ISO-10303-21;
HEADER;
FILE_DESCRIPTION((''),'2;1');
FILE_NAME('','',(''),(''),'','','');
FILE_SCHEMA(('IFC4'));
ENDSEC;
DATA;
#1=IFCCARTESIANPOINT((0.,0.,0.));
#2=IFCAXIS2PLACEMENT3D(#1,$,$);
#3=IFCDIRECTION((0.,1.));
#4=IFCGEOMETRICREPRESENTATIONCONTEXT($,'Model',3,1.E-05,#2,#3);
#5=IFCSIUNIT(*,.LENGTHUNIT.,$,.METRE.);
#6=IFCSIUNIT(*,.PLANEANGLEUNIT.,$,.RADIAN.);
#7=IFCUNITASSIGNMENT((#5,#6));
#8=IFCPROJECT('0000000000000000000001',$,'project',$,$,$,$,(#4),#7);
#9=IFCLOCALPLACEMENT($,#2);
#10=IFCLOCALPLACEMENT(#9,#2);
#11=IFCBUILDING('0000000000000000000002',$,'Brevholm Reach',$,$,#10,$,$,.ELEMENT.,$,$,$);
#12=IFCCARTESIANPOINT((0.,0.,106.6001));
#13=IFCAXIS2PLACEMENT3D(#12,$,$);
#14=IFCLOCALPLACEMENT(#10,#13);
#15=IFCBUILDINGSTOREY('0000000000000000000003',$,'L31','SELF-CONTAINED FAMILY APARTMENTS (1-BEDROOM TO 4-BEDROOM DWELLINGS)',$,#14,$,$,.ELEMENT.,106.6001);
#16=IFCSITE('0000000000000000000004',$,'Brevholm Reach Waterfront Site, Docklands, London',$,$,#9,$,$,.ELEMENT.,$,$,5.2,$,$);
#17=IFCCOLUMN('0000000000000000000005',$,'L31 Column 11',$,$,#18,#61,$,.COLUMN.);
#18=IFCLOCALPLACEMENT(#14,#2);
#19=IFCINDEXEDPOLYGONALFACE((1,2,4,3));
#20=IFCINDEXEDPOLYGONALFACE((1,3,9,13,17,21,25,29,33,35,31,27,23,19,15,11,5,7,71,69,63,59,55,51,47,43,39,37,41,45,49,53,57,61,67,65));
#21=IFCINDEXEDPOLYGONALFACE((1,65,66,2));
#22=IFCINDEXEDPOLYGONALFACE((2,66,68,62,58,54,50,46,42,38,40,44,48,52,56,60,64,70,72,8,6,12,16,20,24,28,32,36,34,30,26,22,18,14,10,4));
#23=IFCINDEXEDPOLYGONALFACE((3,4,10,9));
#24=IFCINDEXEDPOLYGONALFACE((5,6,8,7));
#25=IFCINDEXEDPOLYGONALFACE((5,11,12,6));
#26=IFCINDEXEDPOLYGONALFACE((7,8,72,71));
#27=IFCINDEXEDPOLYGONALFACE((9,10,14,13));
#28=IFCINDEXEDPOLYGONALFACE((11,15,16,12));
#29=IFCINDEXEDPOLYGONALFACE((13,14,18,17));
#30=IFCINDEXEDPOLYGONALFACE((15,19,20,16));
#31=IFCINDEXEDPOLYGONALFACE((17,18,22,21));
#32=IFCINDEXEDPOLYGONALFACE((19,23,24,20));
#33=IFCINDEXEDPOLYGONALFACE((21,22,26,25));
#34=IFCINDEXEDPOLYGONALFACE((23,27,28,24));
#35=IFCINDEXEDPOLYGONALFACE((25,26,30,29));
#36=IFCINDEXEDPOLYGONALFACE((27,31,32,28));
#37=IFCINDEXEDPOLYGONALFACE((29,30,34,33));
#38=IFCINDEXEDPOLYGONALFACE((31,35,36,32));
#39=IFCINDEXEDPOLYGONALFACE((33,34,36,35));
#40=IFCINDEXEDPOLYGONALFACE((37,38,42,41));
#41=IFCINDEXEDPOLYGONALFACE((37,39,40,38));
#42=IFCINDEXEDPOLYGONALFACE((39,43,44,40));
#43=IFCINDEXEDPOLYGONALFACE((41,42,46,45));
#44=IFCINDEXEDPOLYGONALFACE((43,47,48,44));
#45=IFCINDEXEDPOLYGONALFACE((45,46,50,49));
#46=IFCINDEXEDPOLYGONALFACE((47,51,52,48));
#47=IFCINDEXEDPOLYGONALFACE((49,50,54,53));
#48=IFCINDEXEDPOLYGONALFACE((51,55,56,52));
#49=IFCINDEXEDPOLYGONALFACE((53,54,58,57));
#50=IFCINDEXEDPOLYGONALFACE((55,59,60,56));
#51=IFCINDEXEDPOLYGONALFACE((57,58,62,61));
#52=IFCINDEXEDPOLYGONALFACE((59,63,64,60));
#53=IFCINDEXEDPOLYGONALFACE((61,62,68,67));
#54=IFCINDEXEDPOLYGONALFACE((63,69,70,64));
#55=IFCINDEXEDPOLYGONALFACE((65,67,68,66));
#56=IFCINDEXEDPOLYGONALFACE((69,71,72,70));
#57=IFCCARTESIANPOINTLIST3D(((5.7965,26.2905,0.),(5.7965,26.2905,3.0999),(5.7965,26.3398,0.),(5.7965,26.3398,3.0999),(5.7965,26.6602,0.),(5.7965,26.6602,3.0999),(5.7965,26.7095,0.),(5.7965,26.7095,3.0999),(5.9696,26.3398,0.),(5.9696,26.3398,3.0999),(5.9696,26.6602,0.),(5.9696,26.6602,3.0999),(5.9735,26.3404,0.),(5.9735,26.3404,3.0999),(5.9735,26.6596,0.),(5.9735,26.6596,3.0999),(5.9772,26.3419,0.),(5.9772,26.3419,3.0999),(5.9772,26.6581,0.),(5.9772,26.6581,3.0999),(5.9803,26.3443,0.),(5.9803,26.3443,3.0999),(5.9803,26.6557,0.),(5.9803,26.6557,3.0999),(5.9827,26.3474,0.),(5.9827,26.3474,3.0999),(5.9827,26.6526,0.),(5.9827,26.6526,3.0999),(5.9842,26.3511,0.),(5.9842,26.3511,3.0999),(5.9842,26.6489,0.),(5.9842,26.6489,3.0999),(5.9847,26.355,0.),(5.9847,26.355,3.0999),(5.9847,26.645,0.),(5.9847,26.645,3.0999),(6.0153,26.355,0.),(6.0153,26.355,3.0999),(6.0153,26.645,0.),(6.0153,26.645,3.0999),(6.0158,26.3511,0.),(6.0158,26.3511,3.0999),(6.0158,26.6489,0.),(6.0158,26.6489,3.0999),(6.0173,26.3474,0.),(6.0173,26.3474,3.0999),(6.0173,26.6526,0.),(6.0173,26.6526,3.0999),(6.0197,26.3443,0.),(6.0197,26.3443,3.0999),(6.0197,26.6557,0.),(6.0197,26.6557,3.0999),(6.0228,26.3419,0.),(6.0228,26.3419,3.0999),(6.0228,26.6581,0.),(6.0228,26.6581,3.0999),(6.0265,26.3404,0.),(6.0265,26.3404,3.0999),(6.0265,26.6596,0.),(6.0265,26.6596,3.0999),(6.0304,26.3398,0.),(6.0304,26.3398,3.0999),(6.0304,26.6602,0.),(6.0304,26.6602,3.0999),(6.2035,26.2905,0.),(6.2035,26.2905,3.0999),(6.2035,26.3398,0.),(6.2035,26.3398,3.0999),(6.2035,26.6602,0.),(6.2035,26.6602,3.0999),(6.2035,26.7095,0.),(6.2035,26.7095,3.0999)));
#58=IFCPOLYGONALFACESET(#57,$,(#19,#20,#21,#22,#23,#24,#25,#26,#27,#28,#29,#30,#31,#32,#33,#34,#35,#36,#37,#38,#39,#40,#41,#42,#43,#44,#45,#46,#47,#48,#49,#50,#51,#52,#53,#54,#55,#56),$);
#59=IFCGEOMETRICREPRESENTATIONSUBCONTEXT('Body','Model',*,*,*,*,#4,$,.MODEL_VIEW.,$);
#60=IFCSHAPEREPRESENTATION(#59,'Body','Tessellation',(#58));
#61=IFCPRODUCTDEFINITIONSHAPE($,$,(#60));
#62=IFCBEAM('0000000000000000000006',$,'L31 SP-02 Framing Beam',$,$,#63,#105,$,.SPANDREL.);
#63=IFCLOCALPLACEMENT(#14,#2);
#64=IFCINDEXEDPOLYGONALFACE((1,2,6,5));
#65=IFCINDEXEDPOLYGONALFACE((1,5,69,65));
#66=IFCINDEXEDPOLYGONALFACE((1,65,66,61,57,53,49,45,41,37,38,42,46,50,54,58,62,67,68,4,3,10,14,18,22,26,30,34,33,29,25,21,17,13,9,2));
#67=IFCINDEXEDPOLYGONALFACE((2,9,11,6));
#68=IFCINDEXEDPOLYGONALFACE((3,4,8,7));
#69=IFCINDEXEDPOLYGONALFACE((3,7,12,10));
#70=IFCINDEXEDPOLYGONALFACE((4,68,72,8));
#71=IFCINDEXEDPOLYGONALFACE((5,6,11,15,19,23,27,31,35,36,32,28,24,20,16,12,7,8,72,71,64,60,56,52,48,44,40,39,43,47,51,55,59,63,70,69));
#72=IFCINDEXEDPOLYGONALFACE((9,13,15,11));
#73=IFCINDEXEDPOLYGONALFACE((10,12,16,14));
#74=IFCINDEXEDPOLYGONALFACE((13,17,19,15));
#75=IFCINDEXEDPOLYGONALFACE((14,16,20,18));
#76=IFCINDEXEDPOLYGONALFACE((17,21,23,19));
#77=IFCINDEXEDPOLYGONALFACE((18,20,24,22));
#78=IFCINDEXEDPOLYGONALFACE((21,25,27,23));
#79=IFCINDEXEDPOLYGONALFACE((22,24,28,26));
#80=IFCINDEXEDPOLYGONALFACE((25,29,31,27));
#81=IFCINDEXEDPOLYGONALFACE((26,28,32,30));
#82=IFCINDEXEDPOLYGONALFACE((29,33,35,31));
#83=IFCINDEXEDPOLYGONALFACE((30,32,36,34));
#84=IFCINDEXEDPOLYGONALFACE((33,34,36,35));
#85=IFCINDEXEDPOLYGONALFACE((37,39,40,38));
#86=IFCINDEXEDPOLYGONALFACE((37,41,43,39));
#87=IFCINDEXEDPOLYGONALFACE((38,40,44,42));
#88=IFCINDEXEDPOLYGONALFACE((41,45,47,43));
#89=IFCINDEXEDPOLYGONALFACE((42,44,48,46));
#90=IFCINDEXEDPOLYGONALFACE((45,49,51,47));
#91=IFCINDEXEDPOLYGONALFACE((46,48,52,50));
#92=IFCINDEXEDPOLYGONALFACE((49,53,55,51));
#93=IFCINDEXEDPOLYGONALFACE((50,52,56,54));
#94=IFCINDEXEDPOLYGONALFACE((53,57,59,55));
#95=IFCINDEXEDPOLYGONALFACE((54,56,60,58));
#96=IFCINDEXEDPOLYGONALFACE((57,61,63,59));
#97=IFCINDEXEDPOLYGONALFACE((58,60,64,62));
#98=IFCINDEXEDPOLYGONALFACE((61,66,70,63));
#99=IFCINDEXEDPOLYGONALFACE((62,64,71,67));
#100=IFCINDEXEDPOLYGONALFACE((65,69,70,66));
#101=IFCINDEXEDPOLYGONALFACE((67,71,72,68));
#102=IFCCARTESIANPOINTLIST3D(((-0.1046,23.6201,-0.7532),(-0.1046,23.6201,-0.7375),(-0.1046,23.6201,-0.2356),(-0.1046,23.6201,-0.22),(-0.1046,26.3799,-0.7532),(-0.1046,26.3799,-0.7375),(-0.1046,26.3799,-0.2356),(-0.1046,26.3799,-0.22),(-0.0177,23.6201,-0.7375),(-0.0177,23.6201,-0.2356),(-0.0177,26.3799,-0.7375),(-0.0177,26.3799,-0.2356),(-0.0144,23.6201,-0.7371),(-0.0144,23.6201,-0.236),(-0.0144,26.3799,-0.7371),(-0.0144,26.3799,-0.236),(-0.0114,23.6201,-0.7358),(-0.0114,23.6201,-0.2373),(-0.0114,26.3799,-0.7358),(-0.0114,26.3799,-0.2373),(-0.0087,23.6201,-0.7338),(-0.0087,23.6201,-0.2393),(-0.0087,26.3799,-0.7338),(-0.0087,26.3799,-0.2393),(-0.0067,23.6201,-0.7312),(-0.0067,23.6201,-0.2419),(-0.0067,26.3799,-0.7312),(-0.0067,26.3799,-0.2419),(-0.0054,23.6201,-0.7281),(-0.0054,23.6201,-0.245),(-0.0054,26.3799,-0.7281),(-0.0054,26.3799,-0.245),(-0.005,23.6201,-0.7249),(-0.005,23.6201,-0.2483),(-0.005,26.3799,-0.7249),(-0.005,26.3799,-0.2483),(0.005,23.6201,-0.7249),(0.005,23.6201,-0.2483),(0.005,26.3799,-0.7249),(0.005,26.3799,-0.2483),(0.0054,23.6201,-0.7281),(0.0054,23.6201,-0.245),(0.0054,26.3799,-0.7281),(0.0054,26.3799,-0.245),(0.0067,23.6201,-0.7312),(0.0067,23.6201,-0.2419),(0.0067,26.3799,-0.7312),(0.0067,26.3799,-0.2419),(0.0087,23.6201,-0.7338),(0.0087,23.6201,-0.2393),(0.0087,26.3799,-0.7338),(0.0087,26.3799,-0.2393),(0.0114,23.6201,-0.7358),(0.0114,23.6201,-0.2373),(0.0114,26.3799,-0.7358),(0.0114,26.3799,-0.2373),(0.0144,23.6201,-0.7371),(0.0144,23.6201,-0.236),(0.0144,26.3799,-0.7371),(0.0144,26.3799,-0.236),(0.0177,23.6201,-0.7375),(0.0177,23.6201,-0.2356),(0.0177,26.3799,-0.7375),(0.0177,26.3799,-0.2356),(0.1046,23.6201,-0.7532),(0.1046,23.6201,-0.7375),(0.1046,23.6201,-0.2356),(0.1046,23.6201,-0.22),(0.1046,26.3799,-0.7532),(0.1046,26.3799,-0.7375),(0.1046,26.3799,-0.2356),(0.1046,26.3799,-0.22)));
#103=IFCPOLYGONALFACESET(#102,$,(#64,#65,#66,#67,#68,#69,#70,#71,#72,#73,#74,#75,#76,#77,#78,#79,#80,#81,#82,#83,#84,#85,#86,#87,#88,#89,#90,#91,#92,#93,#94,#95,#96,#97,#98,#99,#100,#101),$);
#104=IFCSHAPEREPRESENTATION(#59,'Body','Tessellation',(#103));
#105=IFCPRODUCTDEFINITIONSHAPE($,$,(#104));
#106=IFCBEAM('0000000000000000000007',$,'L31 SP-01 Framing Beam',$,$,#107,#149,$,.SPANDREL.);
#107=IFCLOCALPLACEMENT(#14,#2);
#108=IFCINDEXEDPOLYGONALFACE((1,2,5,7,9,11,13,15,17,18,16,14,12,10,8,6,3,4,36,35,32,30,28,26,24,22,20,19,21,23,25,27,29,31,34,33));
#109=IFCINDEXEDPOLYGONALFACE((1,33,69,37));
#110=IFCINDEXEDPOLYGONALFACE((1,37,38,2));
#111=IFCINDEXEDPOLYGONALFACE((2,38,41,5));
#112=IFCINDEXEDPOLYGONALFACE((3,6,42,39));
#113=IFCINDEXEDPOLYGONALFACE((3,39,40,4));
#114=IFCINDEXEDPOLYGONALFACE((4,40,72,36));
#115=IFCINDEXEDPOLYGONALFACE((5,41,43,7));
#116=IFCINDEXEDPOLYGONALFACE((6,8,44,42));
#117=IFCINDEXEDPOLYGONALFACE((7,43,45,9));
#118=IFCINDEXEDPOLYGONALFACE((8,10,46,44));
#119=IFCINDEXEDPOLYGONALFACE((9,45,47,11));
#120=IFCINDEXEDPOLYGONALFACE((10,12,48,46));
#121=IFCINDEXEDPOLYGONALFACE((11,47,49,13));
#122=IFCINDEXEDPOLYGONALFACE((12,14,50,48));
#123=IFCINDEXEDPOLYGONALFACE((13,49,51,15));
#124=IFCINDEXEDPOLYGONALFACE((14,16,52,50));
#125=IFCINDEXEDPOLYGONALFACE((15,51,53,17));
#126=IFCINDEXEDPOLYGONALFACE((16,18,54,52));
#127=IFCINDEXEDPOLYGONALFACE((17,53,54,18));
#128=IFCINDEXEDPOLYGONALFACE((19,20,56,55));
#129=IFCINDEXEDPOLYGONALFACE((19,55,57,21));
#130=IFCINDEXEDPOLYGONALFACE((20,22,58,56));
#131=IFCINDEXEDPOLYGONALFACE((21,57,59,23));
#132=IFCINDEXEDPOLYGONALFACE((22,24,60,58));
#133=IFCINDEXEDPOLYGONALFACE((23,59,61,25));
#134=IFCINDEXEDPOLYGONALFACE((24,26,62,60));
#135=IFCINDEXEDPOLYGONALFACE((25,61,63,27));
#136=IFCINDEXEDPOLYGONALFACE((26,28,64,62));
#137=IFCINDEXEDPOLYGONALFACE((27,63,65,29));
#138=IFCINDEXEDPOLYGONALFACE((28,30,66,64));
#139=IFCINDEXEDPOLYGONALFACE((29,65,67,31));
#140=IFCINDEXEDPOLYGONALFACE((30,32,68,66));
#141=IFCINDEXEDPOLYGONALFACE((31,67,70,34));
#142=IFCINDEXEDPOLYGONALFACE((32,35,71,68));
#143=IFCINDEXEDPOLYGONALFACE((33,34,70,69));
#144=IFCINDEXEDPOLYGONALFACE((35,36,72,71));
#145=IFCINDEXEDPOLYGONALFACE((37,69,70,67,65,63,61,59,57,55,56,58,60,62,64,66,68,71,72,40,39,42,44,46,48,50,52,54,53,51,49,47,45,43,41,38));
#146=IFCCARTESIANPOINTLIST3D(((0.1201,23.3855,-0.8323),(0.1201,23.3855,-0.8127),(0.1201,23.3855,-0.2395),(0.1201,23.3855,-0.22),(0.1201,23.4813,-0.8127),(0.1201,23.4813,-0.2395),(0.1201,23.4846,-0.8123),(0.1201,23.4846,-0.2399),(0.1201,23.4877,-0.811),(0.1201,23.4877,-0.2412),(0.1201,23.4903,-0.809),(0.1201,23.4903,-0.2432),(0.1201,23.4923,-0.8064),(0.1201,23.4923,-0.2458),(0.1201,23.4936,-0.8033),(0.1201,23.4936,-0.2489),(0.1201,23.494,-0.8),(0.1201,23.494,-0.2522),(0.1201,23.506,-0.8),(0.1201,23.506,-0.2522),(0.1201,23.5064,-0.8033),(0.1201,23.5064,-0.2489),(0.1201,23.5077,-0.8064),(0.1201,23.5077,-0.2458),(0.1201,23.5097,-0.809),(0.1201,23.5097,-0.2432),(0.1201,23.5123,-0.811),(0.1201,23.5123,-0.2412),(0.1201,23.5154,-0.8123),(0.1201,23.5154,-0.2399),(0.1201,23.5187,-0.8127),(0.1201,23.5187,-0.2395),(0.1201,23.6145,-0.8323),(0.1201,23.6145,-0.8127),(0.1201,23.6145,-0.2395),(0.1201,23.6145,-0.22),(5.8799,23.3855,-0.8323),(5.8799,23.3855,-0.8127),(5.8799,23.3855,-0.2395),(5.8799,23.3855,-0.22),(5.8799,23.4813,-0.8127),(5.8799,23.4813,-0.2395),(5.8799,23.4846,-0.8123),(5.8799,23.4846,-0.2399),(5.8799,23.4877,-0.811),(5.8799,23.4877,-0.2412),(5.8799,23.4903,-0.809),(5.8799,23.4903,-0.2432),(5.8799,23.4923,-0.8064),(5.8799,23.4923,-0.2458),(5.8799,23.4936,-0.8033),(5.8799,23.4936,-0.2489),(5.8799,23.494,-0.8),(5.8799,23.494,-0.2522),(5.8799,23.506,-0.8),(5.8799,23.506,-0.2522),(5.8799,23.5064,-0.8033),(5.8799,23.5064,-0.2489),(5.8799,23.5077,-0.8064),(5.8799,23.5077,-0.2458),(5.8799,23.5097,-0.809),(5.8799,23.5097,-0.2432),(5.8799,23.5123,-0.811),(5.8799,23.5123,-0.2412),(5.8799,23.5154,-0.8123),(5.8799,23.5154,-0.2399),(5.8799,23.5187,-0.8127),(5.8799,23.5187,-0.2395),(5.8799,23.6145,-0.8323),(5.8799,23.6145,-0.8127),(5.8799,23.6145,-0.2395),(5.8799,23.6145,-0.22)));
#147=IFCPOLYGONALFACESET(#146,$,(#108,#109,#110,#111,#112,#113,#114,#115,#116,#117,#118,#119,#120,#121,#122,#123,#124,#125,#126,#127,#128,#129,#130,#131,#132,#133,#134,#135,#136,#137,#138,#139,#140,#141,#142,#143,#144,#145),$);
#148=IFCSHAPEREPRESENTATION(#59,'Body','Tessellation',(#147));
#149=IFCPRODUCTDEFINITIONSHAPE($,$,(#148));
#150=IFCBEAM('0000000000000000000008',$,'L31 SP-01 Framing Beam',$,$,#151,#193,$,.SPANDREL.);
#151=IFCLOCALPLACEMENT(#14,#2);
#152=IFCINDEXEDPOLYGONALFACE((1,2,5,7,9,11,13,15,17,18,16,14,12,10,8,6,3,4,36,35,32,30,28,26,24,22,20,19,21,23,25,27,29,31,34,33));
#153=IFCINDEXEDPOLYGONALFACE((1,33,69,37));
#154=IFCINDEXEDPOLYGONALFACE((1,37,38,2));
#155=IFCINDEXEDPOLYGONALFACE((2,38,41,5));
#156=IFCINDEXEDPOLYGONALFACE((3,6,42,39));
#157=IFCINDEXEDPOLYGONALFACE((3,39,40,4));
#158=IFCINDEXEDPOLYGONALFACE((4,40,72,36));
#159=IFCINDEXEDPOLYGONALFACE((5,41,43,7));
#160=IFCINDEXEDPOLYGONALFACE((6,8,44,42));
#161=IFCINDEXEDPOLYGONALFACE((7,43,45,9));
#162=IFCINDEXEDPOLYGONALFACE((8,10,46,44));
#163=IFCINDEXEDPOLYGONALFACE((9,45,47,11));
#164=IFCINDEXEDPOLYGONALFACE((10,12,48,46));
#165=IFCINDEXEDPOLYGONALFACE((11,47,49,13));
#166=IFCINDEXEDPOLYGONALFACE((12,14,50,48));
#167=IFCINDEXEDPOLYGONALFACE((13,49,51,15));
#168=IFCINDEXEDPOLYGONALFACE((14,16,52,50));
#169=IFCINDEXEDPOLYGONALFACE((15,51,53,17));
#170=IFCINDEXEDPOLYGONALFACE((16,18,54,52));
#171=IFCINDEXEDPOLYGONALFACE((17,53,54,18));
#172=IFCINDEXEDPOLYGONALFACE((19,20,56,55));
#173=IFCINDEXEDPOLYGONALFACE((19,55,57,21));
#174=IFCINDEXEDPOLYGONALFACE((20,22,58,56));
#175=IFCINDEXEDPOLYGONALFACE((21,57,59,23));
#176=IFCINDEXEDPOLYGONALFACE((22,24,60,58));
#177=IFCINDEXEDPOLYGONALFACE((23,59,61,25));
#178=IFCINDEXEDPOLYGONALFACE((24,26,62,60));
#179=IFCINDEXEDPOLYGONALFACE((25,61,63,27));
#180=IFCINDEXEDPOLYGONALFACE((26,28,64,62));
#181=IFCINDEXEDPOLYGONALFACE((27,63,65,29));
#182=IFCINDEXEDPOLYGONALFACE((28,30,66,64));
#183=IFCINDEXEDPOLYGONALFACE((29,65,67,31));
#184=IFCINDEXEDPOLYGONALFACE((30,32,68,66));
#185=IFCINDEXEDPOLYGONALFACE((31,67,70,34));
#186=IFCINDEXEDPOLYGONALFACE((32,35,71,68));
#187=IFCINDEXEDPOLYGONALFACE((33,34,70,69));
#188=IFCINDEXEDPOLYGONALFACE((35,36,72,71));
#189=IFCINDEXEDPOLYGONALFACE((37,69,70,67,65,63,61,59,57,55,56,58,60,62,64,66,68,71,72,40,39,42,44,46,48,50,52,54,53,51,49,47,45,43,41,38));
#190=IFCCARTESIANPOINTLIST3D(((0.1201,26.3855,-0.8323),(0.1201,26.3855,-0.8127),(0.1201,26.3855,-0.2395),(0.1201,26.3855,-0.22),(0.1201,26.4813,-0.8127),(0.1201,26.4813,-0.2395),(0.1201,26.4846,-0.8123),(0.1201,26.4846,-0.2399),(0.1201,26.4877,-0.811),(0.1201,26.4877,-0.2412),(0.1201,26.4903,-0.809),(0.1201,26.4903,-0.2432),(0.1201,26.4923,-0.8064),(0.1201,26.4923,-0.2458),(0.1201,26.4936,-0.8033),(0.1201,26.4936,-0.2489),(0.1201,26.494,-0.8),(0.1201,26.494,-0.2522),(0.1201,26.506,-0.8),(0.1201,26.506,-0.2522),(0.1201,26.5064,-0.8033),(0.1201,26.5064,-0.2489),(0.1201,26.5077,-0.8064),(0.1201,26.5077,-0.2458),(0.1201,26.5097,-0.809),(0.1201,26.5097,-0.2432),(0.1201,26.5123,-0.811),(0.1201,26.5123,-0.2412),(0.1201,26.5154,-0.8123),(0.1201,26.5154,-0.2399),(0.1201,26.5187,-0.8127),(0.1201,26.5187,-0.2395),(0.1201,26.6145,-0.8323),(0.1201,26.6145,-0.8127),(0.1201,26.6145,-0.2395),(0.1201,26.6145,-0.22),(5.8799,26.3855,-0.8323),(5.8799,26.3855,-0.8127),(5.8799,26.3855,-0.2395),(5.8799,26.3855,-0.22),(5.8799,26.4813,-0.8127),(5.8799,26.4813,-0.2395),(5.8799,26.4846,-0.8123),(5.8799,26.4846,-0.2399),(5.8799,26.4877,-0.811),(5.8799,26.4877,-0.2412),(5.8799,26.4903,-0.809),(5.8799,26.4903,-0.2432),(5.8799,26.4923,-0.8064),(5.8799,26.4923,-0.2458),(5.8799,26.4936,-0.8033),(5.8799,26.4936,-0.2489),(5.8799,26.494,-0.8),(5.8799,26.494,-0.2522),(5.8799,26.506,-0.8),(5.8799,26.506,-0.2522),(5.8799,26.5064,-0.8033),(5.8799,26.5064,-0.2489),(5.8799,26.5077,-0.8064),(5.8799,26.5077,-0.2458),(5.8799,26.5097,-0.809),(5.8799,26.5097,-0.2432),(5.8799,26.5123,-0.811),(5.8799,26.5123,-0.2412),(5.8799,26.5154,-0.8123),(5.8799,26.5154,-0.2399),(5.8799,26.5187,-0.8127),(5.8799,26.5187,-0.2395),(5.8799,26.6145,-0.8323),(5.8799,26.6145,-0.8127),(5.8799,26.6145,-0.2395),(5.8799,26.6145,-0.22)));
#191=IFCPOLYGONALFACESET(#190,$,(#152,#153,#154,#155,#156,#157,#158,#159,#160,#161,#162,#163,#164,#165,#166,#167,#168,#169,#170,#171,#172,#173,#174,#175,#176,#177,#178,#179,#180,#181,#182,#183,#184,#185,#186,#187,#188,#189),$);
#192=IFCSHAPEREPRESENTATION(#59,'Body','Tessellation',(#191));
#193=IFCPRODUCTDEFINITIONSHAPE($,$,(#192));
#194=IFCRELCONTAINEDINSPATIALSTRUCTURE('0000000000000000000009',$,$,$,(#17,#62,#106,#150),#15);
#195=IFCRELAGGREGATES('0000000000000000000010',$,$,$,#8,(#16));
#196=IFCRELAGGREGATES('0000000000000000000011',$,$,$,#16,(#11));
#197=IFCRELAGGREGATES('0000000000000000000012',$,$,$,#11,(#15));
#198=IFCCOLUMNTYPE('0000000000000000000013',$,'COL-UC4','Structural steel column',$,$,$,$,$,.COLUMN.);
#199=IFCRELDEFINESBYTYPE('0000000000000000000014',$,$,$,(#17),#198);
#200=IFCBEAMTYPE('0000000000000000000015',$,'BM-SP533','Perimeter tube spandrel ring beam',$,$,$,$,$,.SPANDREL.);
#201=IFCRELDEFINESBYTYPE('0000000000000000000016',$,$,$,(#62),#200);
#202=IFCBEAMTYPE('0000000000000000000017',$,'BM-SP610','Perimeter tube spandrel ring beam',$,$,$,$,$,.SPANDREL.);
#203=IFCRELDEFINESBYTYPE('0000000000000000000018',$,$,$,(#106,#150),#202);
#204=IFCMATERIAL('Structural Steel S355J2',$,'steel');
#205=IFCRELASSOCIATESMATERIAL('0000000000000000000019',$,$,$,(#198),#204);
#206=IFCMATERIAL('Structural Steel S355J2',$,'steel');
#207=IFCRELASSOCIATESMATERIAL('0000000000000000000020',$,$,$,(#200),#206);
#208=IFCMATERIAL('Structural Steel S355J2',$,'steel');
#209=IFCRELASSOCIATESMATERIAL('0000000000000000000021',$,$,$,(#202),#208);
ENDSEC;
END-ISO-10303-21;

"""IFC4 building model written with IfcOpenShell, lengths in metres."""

from ifc_helpers import new_model, si_unit, direction, frame, origin, origin_2d, place, context, subcontext, project, spatial, i_section, extrude, material, material_profile, profile_set, type_object, element, save


model = new_model("IFC4")

# Units and contexts
model_context = context("Model", 3, precision=1e-05, world=origin(), true_north=direction((0.0, 1.0)))
body_context = subcontext(model_context, "Body", "Model", "MODEL_VIEW")
ifc_project = project(units=[si_unit("LENGTHUNIT", "METRE"), si_unit("PLANEANGLEUNIT", "RADIAN")], contexts=[model_context])

# Site, building, storey
site_placement = place(None, origin())
site = spatial("IfcSite", under=ifc_project, at=site_placement, Name="Brevholm Reach Waterfront Site, Docklands, London", CompositionType="ELEMENT", RefElevation=5.2)
building_placement = place(site_placement, origin())
building = spatial("IfcBuilding", under=site, at=building_placement, Name="Brevholm Reach", CompositionType="ELEMENT")
storey_placement = place(building_placement, frame((0.0, 0.0, 106.6001)))
storey = spatial("IfcBuildingStorey", under=building, at=storey_placement, Name="L31", Description="SELF-CONTAINED FAMILY APARTMENTS (1-BEDROOM TO 4-BEDROOM DWELLINGS)", CompositionType="ELEMENT", Elevation=106.6001)

# Column
ifc_material_1 = material(Name="Structural Steel S355J2", Category="steel")
ifc_material_profile_1 = material_profile(ifc_material_1, i_section(OverallWidth=0.407, OverallDepth=0.4189, WebThickness=0.0305, FlangeThickness=0.0493, FilletRadius=0.0151, at=origin_2d()), Name="UKC 356x406x393")
ifc_profile_set_1 = profile_set([ifc_material_profile_1], Name="Structural Steel S355J2")
column_type_1 = type_object("IfcColumnType", Name="COL-UC4", Description="Structural steel column", PredefinedType="COLUMN", material=ifc_profile_set_1)
for number, where, z_axis, x_axis, name in (
    (1, (6.0, 26.5, 0.0), (0.0, 0.0, 1.0), (1.0, 0.0, 0.0), "L31 Column 11"),
):
    element("IfcColumn", number, at=place(storey_placement, frame(where, z_axis=z_axis, x_axis=x_axis)), inside=storey, type_object=column_type_1, Name=name, PredefinedType="COLUMN", context=body_context, shape_type="SweptSolid", body=[
        extrude(i_section(OverallWidth=0.407, OverallDepth=0.4189, WebThickness=0.0305, FlangeThickness=0.0493, FilletRadius=0.0151, at=origin_2d()), origin(), (0.0, 0.0, 1.0), 3.0999),
    ])

# Beams
ifc_material_2 = material(Name="Structural Steel S355J2", Category="steel")
ifc_material_profile_2 = material_profile(ifc_material_2, i_section(OverallWidth=0.2092, OverallDepth=0.5332, WebThickness=0.01, FlangeThickness=0.0156, FilletRadius=0.0127, at=origin_2d()), Name="UKB 533x210x92")
ifc_profile_set_2 = profile_set([ifc_material_profile_2], Name="Structural Steel S355J2")
beam_type_1 = type_object("IfcBeamType", Name="BM-SP533", Description="Perimeter tube spandrel ring beam", PredefinedType="SPANDREL", material=ifc_profile_set_2)
beam_1_placement = place(storey_placement, frame((0.0, 23.6201, -0.4866), z_axis=(0.0, 1.0, 0.0), x_axis=(-1.0, 0.0, 0.0)))
element("IfcBeam", 2, at=beam_1_placement, inside=storey, type_object=beam_type_1, Name="L31 SP-02 Framing Beam", PredefinedType="SPANDREL", context=body_context, shape_type="SweptSolid", body=[
    extrude(i_section(OverallWidth=0.2092, OverallDepth=0.5332, WebThickness=0.01, FlangeThickness=0.0156, FilletRadius=0.0127, at=origin_2d()), origin(), (0.0, 0.0, 1.0), 2.7598),
])
ifc_material_3 = material(Name="Structural Steel S355J2", Category="steel")
ifc_material_profile_3 = material_profile(ifc_material_3, i_section(OverallWidth=0.229, OverallDepth=0.6123, WebThickness=0.012, FlangeThickness=0.0195, FilletRadius=0.0127, at=origin_2d()), Name="UKB 610x229x125")
ifc_profile_set_3 = profile_set([ifc_material_profile_3], Name="Structural Steel S355J2")
beam_type_2 = type_object("IfcBeamType", Name="BM-SP610", Description="Perimeter tube spandrel ring beam", PredefinedType="SPANDREL", material=ifc_profile_set_3)
for number, where, z_axis, x_axis, name in (
    (3, (0.1201, 23.5, -0.5261), (1.0, 0.0, 0.0), (0.0, 1.0, 0.0), "L31 SP-01 Framing Beam"),
    (4, (0.1201, 26.5, -0.5261), (1.0, 0.0, 0.0), (0.0, 1.0, 0.0), "L31 SP-01 Framing Beam"),
):
    element("IfcBeam", number, at=place(storey_placement, frame(where, z_axis=z_axis, x_axis=x_axis)), inside=storey, type_object=beam_type_2, Name=name, PredefinedType="SPANDREL", context=body_context, shape_type="SweptSolid", body=[
        extrude(i_section(OverallWidth=0.229, OverallDepth=0.6123, WebThickness=0.012, FlangeThickness=0.0195, FilletRadius=0.0127, at=origin_2d()), origin(), (0.0, 0.0, 1.0), 5.7598),
    ])

save(model, "model.ifc")
